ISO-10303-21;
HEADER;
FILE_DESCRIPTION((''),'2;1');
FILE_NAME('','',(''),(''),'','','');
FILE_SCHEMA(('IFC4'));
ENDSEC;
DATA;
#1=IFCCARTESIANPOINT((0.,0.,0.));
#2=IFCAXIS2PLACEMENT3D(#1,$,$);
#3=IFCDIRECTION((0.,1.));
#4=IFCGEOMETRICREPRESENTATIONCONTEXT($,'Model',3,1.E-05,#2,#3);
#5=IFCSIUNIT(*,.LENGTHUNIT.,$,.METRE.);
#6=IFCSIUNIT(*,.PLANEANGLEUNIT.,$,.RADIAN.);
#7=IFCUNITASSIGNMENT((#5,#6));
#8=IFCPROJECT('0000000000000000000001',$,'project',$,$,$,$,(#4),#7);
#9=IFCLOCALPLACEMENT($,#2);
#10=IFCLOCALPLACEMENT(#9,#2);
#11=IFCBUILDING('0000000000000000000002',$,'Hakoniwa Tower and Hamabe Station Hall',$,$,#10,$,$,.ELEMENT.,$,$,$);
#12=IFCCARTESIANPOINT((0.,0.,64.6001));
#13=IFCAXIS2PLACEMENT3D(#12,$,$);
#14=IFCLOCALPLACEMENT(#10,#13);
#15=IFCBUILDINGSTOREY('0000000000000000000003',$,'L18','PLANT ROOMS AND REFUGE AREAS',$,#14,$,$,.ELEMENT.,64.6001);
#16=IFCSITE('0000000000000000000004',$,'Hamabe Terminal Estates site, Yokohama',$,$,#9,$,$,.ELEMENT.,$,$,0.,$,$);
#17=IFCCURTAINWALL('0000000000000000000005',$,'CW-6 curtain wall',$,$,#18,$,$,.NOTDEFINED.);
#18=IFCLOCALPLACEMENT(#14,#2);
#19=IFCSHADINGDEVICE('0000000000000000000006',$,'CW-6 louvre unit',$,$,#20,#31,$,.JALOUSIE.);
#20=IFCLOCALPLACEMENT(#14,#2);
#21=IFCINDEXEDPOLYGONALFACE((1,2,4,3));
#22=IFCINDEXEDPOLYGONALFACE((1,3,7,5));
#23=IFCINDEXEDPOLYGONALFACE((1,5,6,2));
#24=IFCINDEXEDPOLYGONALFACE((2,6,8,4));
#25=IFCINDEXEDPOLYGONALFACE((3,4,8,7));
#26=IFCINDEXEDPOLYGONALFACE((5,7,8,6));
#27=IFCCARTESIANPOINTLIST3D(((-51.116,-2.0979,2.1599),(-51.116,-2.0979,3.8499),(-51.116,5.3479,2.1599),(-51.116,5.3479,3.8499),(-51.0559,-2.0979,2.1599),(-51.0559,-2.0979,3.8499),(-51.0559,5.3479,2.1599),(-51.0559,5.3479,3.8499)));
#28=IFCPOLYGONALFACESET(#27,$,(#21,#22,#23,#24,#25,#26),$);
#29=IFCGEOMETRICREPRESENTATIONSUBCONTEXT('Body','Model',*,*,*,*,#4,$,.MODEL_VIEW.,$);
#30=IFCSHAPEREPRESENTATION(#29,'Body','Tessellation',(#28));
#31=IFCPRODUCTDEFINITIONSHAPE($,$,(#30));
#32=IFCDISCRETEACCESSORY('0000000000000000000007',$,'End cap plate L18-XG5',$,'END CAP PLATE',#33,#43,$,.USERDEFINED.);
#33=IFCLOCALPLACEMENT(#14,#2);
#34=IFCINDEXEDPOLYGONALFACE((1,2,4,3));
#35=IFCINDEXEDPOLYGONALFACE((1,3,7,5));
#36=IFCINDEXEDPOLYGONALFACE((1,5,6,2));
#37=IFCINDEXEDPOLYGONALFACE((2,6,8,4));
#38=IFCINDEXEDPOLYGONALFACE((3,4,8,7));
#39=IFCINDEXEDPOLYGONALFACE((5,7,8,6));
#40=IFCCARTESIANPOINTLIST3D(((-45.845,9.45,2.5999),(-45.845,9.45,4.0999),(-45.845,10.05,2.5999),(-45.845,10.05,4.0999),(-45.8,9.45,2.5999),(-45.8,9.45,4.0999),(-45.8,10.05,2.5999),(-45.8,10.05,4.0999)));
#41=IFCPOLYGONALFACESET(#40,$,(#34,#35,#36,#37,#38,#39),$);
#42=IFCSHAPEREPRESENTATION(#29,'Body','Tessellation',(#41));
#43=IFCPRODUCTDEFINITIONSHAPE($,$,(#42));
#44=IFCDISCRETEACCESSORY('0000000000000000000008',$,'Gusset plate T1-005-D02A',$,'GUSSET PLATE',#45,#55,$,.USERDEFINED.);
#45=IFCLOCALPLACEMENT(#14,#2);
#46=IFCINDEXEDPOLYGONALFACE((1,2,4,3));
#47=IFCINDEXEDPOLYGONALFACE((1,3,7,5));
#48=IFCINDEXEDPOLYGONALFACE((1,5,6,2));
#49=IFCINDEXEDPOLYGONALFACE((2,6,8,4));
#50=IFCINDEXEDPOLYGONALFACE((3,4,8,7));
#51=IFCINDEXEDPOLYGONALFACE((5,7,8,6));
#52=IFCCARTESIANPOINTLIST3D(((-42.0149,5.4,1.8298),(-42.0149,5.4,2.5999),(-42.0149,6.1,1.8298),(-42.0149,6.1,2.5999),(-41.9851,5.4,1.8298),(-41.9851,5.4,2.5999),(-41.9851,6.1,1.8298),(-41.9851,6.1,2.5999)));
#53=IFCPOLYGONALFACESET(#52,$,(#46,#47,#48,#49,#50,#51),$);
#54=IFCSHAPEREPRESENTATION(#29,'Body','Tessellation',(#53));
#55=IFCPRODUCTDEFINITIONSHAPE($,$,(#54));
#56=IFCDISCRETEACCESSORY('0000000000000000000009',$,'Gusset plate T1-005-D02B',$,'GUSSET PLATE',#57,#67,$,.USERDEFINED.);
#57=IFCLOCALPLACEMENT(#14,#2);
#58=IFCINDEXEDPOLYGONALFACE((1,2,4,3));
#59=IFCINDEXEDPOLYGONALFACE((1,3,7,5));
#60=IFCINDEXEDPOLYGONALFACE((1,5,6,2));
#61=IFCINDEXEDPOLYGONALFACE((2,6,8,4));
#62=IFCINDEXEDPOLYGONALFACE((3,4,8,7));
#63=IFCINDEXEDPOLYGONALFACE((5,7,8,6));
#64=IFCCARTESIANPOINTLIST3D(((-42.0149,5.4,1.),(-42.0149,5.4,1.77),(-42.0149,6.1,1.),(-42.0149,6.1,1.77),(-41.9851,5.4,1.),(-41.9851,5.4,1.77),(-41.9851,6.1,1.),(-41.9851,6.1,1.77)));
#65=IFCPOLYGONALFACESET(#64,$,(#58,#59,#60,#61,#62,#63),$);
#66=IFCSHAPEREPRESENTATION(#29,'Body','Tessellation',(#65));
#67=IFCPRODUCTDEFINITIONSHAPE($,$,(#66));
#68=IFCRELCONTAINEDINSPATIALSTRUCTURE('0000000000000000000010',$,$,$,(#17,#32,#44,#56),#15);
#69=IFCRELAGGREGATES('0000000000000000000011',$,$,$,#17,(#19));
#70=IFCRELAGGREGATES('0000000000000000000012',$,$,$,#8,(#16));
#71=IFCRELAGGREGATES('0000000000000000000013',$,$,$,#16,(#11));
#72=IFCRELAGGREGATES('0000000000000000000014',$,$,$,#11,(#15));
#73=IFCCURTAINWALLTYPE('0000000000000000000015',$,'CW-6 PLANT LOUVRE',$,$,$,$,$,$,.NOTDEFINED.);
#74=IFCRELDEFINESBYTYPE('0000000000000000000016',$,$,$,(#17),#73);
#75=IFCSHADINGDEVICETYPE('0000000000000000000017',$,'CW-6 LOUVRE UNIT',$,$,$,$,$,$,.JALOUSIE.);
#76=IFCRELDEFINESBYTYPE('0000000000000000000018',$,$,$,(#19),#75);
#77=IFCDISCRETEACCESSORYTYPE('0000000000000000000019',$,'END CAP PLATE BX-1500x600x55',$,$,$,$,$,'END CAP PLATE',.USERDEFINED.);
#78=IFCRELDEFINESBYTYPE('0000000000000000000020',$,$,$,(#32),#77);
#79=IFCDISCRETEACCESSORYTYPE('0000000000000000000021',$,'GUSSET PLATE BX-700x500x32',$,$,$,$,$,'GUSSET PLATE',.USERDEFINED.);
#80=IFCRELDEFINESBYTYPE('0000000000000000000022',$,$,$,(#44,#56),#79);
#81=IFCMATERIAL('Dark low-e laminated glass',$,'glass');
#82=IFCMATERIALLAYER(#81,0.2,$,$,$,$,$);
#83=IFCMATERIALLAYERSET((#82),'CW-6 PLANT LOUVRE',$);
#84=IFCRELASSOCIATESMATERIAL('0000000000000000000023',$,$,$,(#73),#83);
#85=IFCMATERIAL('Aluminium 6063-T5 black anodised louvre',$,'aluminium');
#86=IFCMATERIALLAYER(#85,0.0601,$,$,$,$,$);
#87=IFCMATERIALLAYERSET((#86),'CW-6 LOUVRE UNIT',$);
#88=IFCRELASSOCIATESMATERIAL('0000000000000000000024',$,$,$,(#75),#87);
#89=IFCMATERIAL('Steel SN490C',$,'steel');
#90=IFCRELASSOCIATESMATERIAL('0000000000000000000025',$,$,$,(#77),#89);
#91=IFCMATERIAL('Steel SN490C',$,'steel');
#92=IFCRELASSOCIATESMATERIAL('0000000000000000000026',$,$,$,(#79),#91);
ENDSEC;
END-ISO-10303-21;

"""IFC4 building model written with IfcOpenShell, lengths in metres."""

from ifc_helpers import new_model, si_unit, direction, frame, origin, origin_2d, place, context, subcontext, project, spatial, rectangle, extrude, material, layer, layer_set, material_profile, profile_set, type_object, element, aggregate, save


model = new_model("IFC4")

# Units and contexts
model_context = context("Model", 3, precision=1e-05, world=origin(), true_north=direction((0.0, 1.0)))
body_context = subcontext(model_context, "Body", "Model", "MODEL_VIEW")
ifc_project = project(units=[si_unit("LENGTHUNIT", "METRE"), si_unit("PLANEANGLEUNIT", "RADIAN")], contexts=[model_context])

# Site, building, storey
site_placement = place(None, origin())
site = spatial("IfcSite", under=ifc_project, at=site_placement, Name="Hamabe Terminal Estates site, Yokohama", CompositionType="ELEMENT", RefElevation=0.0)
building_placement = place(site_placement, origin())
building = spatial("IfcBuilding", under=site, at=building_placement, Name="Hakoniwa Tower and Hamabe Station Hall", CompositionType="ELEMENT")
storey_placement = place(building_placement, frame((0.0, 0.0, 64.6001)))
storey = spatial("IfcBuildingStorey", under=building, at=storey_placement, Name="L18", Description="PLANT ROOMS AND REFUGE AREAS", CompositionType="ELEMENT", Elevation=64.6001)

# Curtain wall
ifc_material_1 = material(Name="Dark low-e laminated glass", Category="glass")
ifc_layer_1 = layer(ifc_material_1, 0.2)
ifc_layer_set_1 = layer_set([ifc_layer_1], Name="CW-6 PLANT LOUVRE")
curtain_wall_type = type_object("IfcCurtainWallType", Name="CW-6 PLANT LOUVRE", PredefinedType="NOTDEFINED", material=ifc_layer_set_1)
curtain_wall_placement = place(storey_placement, origin())
curtain_wall = element("IfcCurtainWall", 1, at=curtain_wall_placement, inside=storey, type_object=curtain_wall_type, Name="CW-6 curtain wall", PredefinedType="NOTDEFINED")

# Shading device
ifc_material_2 = material(Name="Aluminium 6063-T5 black anodised louvre", Category="aluminium")
ifc_layer_2 = layer(ifc_material_2, 0.0601)
ifc_layer_set_2 = layer_set([ifc_layer_2], Name="CW-6 LOUVRE UNIT")
shading_device_type = type_object("IfcShadingDeviceType", Name="CW-6 LOUVRE UNIT", PredefinedType="JALOUSIE", material=ifc_layer_set_2)
shading_device_1_placement = place(storey_placement, frame((-51.0859, 1.625, 2.1599), z_axis=(0.0, 0.0, 1.0), x_axis=(0.0, -1.0, 0.0)))
shading_device_1 = element("IfcShadingDevice", 2, at=shading_device_1_placement, type_object=shading_device_type, Name="CW-6 louvre unit", PredefinedType="JALOUSIE", context=body_context, shape_type="SweptSolid", body=[
    extrude(rectangle(XDim=7.4458, YDim=0.0601, at=origin_2d()), origin(), (0.0, 0.0, 1.0), 1.6899),
])
aggregate(curtain_wall, [shading_device_1])

# Discrete accessories
ifc_material_3 = material(Name="Steel SN490C", Category="steel")
ifc_material_profile_1 = material_profile(ifc_material_3, rectangle(XDim=0.6001, YDim=1.5, at=origin_2d()), Name="END CAP PLATE BX-1500x600x55")
ifc_profile_set_1 = profile_set([ifc_material_profile_1], Name="Steel SN490C")
discrete_accessory_type_1 = type_object("IfcDiscreteAccessoryType", Name="END CAP PLATE BX-1500x600x55", ElementType="END CAP PLATE", PredefinedType="USERDEFINED", material=ifc_profile_set_1)
discrete_accessory_placement = place(storey_placement, frame((-45.845, 9.75, 3.3499), z_axis=(1.0, 0.0, 0.0), x_axis=(0.0, 1.0, 0.0)))
element("IfcDiscreteAccessory", 3, at=discrete_accessory_placement, inside=storey, type_object=discrete_accessory_type_1, Name="End cap plate L18-XG5", ObjectType="END CAP PLATE", PredefinedType="USERDEFINED", context=body_context, shape_type="SweptSolid", body=[
    extrude(rectangle(XDim=0.6001, YDim=1.5, at=origin_2d()), origin(), (0.0, 0.0, 1.0), 0.0449),
])
ifc_material_4 = material(Name="Steel SN490C", Category="steel")
ifc_material_profile_2 = material_profile(ifc_material_4, rectangle(XDim=0.7, YDim=0.77, at=origin_2d()), Name="GUSSET PLATE BX-700x500x32")
ifc_profile_set_2 = profile_set([ifc_material_profile_2], Name="Steel SN490C")
discrete_accessory_type_2 = type_object("IfcDiscreteAccessoryType", Name="GUSSET PLATE BX-700x500x32", ElementType="GUSSET PLATE", PredefinedType="USERDEFINED", material=ifc_profile_set_2)
for number, where, z_axis, x_axis, name in (
    (4, (-41.9851, 5.75, 2.2148), (-1.0, 0.0, 0.0), (0.0, -1.0, 0.0), "Gusset plate T1-005-D02A"),
    (5, (-41.9851, 5.75, 1.385), (-1.0, 0.0, 0.0), (0.0, -1.0, 0.0), "Gusset plate T1-005-D02B"),
):
    element("IfcDiscreteAccessory", number, at=place(storey_placement, frame(where, z_axis=z_axis, x_axis=x_axis)), inside=storey, type_object=discrete_accessory_type_2, Name=name, ObjectType="GUSSET PLATE", PredefinedType="USERDEFINED", context=body_context, shape_type="SweptSolid", body=[
        extrude(rectangle(XDim=0.7, YDim=0.77, at=origin_2d()), origin(), (0.0, 0.0, 1.0), 0.0298),
    ])

save(model, "model.ifc")
